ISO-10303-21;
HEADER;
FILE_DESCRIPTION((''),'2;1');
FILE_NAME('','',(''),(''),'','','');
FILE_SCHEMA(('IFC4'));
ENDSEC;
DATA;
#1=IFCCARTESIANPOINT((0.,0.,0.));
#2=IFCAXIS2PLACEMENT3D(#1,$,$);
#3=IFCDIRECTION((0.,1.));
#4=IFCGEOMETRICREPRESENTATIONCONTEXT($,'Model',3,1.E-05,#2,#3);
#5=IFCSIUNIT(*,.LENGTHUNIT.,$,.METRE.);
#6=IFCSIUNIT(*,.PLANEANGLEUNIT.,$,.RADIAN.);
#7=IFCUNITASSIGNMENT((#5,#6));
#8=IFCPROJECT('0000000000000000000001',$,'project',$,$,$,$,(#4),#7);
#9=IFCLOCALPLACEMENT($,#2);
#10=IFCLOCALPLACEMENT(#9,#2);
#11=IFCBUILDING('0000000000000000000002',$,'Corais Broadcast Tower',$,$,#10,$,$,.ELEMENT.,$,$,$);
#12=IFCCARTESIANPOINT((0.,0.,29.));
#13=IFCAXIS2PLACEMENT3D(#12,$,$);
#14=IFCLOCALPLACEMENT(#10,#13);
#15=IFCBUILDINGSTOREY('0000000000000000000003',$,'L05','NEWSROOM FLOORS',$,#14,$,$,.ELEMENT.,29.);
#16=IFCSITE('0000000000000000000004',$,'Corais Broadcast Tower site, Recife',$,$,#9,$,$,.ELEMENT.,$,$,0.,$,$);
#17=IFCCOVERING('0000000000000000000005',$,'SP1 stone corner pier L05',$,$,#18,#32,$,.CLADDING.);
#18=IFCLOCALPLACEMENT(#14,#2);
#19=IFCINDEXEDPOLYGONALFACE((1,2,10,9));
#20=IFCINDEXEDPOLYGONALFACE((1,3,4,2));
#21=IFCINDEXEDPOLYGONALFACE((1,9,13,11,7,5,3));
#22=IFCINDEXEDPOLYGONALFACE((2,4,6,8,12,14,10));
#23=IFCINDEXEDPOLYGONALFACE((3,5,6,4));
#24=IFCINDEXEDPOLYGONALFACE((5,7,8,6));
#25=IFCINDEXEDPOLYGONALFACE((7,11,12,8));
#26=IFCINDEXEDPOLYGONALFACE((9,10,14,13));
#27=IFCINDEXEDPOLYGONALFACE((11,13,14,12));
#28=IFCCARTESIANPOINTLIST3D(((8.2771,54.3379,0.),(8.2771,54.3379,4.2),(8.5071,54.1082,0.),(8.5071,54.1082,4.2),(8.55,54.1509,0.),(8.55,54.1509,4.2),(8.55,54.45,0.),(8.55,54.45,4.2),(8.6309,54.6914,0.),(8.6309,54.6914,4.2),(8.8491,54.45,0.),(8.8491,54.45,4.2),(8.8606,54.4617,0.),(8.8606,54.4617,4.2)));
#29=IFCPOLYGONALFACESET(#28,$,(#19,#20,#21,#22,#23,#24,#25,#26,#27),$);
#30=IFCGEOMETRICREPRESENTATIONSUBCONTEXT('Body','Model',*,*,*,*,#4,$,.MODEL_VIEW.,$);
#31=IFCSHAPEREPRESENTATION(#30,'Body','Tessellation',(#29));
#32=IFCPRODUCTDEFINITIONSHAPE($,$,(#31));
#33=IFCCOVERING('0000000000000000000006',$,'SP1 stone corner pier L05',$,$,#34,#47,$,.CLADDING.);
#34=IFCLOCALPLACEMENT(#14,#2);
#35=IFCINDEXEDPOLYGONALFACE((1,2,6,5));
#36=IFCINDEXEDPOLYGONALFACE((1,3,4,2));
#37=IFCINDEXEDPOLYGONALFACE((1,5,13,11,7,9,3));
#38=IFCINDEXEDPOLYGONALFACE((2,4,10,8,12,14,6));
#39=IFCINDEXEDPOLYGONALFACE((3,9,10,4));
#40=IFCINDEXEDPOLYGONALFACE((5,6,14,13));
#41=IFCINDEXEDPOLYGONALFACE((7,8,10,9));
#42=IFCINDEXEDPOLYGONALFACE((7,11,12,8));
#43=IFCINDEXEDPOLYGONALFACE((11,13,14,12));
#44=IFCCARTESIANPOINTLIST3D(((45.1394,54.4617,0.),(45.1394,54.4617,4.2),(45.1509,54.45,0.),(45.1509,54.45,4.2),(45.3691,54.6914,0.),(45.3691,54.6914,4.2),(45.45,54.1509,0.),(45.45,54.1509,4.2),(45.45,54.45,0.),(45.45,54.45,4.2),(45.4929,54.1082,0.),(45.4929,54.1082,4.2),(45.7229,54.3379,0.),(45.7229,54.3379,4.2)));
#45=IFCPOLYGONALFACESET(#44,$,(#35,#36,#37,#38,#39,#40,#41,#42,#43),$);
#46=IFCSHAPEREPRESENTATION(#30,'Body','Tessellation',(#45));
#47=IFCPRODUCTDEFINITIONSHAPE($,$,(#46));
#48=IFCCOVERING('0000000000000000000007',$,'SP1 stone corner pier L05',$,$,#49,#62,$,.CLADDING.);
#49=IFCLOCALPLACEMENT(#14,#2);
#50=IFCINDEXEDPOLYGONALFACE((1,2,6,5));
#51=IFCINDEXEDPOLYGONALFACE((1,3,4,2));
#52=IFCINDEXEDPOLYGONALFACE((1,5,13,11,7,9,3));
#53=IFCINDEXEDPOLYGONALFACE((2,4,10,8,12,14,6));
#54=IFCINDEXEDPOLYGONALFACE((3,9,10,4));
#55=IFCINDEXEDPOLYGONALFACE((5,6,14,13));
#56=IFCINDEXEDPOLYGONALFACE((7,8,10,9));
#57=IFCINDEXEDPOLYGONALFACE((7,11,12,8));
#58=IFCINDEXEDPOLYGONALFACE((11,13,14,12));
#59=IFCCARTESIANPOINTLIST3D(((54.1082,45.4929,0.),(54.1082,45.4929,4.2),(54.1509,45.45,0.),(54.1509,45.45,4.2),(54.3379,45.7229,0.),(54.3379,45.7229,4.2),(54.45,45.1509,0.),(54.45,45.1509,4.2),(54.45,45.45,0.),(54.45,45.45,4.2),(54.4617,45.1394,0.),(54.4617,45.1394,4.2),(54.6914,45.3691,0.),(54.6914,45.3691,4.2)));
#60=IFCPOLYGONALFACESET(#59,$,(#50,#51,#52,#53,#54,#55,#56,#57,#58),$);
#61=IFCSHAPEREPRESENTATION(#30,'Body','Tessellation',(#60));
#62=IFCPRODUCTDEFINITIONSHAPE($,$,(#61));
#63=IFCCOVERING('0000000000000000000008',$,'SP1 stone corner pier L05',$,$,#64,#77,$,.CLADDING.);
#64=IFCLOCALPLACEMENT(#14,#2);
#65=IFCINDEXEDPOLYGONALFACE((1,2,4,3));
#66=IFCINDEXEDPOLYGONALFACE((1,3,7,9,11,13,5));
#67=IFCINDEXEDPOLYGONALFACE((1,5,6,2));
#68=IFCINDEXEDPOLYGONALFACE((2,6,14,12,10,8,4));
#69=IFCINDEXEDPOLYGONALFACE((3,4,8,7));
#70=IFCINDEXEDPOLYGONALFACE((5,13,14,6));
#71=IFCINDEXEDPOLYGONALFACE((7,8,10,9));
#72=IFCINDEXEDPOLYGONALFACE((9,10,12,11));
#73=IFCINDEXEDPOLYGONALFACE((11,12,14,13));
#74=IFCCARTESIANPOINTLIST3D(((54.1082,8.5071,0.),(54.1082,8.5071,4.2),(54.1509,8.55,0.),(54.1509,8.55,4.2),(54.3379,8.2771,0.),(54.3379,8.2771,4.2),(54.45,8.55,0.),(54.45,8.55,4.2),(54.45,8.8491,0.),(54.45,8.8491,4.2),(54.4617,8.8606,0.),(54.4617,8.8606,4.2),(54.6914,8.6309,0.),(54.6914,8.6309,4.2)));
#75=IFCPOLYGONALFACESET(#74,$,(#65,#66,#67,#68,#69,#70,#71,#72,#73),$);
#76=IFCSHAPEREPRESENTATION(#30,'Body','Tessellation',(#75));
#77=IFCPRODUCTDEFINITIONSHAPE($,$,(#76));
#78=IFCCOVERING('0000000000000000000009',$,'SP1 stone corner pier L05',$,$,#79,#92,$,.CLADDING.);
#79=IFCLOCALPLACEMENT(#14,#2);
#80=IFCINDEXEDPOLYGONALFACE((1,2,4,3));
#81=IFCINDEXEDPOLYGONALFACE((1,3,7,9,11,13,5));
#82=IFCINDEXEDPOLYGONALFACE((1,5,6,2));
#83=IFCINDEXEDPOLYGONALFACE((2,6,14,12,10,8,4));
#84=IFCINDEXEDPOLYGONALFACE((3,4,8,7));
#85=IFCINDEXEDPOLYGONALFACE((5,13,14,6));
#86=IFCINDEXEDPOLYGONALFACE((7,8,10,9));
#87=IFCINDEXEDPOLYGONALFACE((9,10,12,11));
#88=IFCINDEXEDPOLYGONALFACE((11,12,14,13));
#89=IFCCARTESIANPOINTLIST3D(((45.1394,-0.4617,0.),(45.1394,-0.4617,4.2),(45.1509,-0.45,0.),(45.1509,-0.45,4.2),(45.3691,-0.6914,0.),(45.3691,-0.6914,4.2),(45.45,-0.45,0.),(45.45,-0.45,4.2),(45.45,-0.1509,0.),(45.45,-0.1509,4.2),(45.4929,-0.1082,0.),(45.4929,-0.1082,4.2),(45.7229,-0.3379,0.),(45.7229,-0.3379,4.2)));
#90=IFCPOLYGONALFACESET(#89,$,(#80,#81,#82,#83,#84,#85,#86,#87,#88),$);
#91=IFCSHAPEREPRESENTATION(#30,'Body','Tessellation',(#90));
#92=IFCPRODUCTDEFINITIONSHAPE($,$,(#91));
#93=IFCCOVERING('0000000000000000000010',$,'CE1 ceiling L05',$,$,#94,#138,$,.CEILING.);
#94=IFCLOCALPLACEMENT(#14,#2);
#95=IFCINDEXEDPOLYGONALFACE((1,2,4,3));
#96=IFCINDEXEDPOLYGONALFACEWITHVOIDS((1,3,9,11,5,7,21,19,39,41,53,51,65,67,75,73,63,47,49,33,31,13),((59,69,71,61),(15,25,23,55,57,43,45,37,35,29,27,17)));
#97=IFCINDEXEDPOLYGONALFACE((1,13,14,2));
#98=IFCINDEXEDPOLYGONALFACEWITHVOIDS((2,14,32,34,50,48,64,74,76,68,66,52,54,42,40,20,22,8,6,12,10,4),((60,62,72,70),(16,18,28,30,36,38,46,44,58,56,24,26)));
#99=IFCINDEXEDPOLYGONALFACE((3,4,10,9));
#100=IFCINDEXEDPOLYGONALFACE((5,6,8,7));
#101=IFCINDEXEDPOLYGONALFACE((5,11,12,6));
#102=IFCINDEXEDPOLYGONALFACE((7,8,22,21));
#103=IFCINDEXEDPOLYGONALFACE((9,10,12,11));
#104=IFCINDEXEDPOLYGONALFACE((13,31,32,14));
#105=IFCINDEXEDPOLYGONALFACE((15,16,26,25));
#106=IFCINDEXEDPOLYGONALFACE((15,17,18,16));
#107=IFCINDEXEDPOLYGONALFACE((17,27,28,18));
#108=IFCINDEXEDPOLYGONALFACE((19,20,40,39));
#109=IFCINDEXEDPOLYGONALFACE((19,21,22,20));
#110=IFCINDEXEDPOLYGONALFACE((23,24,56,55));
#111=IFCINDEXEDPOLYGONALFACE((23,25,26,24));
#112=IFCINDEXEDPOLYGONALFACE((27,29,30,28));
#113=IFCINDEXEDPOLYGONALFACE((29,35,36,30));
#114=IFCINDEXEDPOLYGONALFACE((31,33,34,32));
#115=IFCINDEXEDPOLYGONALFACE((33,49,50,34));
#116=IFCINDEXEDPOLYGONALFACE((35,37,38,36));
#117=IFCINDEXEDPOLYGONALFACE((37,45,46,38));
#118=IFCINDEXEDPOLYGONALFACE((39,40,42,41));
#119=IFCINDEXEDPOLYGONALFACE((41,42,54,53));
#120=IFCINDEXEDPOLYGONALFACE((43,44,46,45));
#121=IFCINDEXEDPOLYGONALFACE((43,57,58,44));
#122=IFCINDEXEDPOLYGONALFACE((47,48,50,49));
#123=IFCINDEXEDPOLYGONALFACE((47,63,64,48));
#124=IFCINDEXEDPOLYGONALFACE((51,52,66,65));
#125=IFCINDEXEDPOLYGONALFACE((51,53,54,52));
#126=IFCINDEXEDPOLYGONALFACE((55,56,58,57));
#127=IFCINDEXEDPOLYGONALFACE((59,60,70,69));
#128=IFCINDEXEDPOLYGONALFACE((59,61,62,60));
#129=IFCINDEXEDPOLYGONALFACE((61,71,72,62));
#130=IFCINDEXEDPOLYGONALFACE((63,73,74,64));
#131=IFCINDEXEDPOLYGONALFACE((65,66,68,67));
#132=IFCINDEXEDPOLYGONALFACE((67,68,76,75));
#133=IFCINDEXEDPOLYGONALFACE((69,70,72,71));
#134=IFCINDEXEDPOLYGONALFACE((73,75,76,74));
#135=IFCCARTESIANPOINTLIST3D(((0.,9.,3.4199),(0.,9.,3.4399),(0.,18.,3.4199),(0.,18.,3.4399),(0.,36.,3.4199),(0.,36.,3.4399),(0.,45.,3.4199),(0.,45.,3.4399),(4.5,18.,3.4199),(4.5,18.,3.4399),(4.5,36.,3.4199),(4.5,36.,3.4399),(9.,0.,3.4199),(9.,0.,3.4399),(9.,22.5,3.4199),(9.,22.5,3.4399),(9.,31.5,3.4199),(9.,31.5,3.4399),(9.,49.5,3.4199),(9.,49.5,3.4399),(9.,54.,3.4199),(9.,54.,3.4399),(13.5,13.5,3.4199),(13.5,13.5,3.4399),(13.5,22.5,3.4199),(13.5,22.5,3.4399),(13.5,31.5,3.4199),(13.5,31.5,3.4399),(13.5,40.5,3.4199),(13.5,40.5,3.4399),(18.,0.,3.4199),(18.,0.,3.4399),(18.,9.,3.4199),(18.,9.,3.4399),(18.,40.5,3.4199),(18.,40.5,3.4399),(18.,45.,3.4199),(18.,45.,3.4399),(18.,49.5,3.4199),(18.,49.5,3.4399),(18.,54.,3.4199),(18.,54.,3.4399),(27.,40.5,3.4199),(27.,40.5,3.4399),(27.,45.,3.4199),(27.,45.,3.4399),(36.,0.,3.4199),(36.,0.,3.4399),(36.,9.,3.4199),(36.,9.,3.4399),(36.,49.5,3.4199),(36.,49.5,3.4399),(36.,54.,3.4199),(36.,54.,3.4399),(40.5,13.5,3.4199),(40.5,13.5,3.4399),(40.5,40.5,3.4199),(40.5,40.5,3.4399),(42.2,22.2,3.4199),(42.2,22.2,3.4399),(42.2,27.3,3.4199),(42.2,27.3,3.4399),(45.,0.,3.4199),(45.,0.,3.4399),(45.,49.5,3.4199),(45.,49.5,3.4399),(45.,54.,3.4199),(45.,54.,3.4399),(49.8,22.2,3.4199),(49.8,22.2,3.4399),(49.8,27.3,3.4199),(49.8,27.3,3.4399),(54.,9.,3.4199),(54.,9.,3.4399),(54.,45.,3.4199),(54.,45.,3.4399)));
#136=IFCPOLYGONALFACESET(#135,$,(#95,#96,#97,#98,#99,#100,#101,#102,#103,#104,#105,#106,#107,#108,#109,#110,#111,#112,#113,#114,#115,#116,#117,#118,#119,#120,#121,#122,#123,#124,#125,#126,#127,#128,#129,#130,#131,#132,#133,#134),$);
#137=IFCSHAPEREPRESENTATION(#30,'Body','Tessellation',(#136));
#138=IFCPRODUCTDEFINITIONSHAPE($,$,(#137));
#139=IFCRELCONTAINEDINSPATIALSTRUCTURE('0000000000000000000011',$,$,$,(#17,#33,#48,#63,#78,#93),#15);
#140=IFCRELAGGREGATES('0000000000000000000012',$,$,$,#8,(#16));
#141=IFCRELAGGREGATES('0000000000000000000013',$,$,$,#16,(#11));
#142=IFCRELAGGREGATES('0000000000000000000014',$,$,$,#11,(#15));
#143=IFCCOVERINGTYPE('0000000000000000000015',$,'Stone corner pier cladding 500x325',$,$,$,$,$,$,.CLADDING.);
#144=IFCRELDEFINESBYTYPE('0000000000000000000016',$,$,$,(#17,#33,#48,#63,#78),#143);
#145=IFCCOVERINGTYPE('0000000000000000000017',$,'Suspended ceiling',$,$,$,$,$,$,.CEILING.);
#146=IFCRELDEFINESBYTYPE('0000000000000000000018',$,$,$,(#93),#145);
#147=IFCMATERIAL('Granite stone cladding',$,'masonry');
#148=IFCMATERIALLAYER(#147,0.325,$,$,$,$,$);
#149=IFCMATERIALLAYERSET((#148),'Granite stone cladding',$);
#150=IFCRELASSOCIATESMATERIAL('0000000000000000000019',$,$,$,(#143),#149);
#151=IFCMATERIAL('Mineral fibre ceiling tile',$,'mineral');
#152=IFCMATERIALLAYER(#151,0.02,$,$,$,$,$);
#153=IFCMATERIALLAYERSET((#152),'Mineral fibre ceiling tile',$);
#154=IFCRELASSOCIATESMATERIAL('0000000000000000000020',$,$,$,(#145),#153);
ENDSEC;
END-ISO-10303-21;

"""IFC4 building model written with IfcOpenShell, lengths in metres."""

from ifc_helpers import new_model, si_unit, direction, frame, origin, place, context, subcontext, project, spatial, polyline, outline, extrude, material, layer, layer_set, type_object, element, save


model = new_model("IFC4")

# Units and contexts
model_context = context("Model", 3, precision=1e-05, world=origin(), true_north=direction((0.0, 1.0)))
body_context = subcontext(model_context, "Body", "Model", "MODEL_VIEW")
ifc_project = project(units=[si_unit("LENGTHUNIT", "METRE"), si_unit("PLANEANGLEUNIT", "RADIAN")], contexts=[model_context])

# Site, building, storey
site_placement = place(None, origin())
site = spatial("IfcSite", under=ifc_project, at=site_placement, Name="Corais Broadcast Tower site, Recife", CompositionType="ELEMENT", RefElevation=0.0)
building_placement = place(site_placement, origin())
building = spatial("IfcBuilding", under=site, at=building_placement, Name="Corais Broadcast Tower", CompositionType="ELEMENT")
storey_placement = place(building_placement, frame((0.0, 0.0, 29.0)))
storey = spatial("IfcBuildingStorey", under=building, at=storey_placement, Name="L05", Description="NEWSROOM FLOORS", CompositionType="ELEMENT", Elevation=29.0)

# Coverings
ifc_material_1 = material(Name="Granite stone cladding", Category="masonry")
ifc_layer_1 = layer(ifc_material_1, 0.325)
ifc_layer_set_1 = layer_set([ifc_layer_1], Name="Granite stone cladding")
covering_type_1 = type_object("IfcCoveringType", Name="Stone corner pier cladding 500x325", PredefinedType="CLADDING", material=ifc_layer_set_1)
covering_1_placement = place(storey_placement, origin())
element("IfcCovering", 1, at=covering_1_placement, inside=storey, type_object=covering_type_1, Name="SP1 stone corner pier L05", PredefinedType="CLADDING", context=body_context, shape_type="SweptSolid", body=[
    extrude(outline(polyline([(8.8491, 54.45), (8.8606, 54.4617), (8.6309, 54.6914), (8.2771, 54.3379), (8.5071, 54.1082), (8.55, 54.1509), (8.55, 54.45), (8.8491, 54.45)])), origin(), (0.0, 0.0, 1.0), 4.2),
])
covering_2_placement = place(storey_placement, origin())
element("IfcCovering", 2, at=covering_2_placement, inside=storey, type_object=covering_type_1, Name="SP1 stone corner pier L05", PredefinedType="CLADDING", context=body_context, shape_type="SweptSolid", body=[
    extrude(outline(polyline([(45.1394, 54.4617), (45.1509, 54.45), (45.45, 54.45), (45.45, 54.1509), (45.4929, 54.1082), (45.7229, 54.3379), (45.3691, 54.6914), (45.1394, 54.4617)])), origin(), (0.0, 0.0, 1.0), 4.2),
])
covering_3_placement = place(storey_placement, origin())
element("IfcCovering", 3, at=covering_3_placement, inside=storey, type_object=covering_type_1, Name="SP1 stone corner pier L05", PredefinedType="CLADDING", context=body_context, shape_type="SweptSolid", body=[
    extrude(outline(polyline([(54.45, 45.1509), (54.4617, 45.1394), (54.6914, 45.3691), (54.3379, 45.7229), (54.1082, 45.4929), (54.1509, 45.45), (54.45, 45.45), (54.45, 45.1509)])), origin(), (0.0, 0.0, 1.0), 4.2),
])
covering_4_placement = place(storey_placement, origin())
element("IfcCovering", 4, at=covering_4_placement, inside=storey, type_object=covering_type_1, Name="SP1 stone corner pier L05", PredefinedType="CLADDING", context=body_context, shape_type="SweptSolid", body=[
    extrude(outline(polyline([(54.4617, 8.8606), (54.45, 8.8491), (54.45, 8.55), (54.1509, 8.55), (54.1082, 8.5071), (54.3379, 8.2771), (54.6914, 8.6309), (54.4617, 8.8606)])), origin(), (0.0, 0.0, 1.0), 4.2),
])
covering_5_placement = place(storey_placement, origin())
element("IfcCovering", 5, at=covering_5_placement, inside=storey, type_object=covering_type_1, Name="SP1 stone corner pier L05", PredefinedType="CLADDING", context=body_context, shape_type="SweptSolid", body=[
    extrude(outline(polyline([(45.1509, -0.45), (45.1394, -0.4617), (45.3691, -0.6914), (45.7229, -0.3379), (45.4929, -0.1082), (45.45, -0.1509), (45.45, -0.45), (45.1509, -0.45)])), origin(), (0.0, 0.0, 1.0), 4.2),
])
ifc_material_2 = material(Name="Mineral fibre ceiling tile", Category="mineral")
ifc_layer_2 = layer(ifc_material_2, 0.02)
ifc_layer_set_2 = layer_set([ifc_layer_2], Name="Mineral fibre ceiling tile")
covering_type_2 = type_object("IfcCoveringType", Name="Suspended ceiling", PredefinedType="CEILING", material=ifc_layer_set_2)
covering_6_placement = place(storey_placement, frame((0.0, 0.0, 3.4199)))
element("IfcCovering", 6, at=covering_6_placement, inside=storey, type_object=covering_type_2, Name="CE1 ceiling L05", PredefinedType="CEILING", context=body_context, shape_type="SweptSolid", body=[
    extrude(outline(polyline([(0.0, 9.0), (0.0, 18.0), (4.5, 18.0), (4.5, 36.0), (0.0, 36.0), (0.0, 45.0), (9.0, 54.0), (9.0, 49.5), (18.0, 49.5), (18.0, 54.0), (36.0, 54.0), (36.0, 49.5), (45.0, 49.5), (45.0, 54.0), (54.0, 45.0), (54.0, 9.0), (45.0, 0.0), (36.0, 0.0), (36.0, 9.0), (18.0, 9.0), (18.0, 0.0), (9.0, 0.0), (0.0, 9.0)]), holes=[polyline([(13.5, 13.5), (40.5, 13.5), (40.5, 40.5), (27.0, 40.5), (27.0, 45.0), (18.0, 45.0), (18.0, 40.5), (13.5, 40.5), (13.5, 31.5), (9.0, 31.5), (9.0, 22.5), (13.5, 22.5), (13.5, 13.5)]), polyline([(49.8, 27.3), (42.2, 27.3), (42.2, 22.2), (49.8, 22.2), (49.8, 27.3)])]), origin(), (0.0, 0.0, 1.0), 0.02),
])

save(model, "model.ifc")
